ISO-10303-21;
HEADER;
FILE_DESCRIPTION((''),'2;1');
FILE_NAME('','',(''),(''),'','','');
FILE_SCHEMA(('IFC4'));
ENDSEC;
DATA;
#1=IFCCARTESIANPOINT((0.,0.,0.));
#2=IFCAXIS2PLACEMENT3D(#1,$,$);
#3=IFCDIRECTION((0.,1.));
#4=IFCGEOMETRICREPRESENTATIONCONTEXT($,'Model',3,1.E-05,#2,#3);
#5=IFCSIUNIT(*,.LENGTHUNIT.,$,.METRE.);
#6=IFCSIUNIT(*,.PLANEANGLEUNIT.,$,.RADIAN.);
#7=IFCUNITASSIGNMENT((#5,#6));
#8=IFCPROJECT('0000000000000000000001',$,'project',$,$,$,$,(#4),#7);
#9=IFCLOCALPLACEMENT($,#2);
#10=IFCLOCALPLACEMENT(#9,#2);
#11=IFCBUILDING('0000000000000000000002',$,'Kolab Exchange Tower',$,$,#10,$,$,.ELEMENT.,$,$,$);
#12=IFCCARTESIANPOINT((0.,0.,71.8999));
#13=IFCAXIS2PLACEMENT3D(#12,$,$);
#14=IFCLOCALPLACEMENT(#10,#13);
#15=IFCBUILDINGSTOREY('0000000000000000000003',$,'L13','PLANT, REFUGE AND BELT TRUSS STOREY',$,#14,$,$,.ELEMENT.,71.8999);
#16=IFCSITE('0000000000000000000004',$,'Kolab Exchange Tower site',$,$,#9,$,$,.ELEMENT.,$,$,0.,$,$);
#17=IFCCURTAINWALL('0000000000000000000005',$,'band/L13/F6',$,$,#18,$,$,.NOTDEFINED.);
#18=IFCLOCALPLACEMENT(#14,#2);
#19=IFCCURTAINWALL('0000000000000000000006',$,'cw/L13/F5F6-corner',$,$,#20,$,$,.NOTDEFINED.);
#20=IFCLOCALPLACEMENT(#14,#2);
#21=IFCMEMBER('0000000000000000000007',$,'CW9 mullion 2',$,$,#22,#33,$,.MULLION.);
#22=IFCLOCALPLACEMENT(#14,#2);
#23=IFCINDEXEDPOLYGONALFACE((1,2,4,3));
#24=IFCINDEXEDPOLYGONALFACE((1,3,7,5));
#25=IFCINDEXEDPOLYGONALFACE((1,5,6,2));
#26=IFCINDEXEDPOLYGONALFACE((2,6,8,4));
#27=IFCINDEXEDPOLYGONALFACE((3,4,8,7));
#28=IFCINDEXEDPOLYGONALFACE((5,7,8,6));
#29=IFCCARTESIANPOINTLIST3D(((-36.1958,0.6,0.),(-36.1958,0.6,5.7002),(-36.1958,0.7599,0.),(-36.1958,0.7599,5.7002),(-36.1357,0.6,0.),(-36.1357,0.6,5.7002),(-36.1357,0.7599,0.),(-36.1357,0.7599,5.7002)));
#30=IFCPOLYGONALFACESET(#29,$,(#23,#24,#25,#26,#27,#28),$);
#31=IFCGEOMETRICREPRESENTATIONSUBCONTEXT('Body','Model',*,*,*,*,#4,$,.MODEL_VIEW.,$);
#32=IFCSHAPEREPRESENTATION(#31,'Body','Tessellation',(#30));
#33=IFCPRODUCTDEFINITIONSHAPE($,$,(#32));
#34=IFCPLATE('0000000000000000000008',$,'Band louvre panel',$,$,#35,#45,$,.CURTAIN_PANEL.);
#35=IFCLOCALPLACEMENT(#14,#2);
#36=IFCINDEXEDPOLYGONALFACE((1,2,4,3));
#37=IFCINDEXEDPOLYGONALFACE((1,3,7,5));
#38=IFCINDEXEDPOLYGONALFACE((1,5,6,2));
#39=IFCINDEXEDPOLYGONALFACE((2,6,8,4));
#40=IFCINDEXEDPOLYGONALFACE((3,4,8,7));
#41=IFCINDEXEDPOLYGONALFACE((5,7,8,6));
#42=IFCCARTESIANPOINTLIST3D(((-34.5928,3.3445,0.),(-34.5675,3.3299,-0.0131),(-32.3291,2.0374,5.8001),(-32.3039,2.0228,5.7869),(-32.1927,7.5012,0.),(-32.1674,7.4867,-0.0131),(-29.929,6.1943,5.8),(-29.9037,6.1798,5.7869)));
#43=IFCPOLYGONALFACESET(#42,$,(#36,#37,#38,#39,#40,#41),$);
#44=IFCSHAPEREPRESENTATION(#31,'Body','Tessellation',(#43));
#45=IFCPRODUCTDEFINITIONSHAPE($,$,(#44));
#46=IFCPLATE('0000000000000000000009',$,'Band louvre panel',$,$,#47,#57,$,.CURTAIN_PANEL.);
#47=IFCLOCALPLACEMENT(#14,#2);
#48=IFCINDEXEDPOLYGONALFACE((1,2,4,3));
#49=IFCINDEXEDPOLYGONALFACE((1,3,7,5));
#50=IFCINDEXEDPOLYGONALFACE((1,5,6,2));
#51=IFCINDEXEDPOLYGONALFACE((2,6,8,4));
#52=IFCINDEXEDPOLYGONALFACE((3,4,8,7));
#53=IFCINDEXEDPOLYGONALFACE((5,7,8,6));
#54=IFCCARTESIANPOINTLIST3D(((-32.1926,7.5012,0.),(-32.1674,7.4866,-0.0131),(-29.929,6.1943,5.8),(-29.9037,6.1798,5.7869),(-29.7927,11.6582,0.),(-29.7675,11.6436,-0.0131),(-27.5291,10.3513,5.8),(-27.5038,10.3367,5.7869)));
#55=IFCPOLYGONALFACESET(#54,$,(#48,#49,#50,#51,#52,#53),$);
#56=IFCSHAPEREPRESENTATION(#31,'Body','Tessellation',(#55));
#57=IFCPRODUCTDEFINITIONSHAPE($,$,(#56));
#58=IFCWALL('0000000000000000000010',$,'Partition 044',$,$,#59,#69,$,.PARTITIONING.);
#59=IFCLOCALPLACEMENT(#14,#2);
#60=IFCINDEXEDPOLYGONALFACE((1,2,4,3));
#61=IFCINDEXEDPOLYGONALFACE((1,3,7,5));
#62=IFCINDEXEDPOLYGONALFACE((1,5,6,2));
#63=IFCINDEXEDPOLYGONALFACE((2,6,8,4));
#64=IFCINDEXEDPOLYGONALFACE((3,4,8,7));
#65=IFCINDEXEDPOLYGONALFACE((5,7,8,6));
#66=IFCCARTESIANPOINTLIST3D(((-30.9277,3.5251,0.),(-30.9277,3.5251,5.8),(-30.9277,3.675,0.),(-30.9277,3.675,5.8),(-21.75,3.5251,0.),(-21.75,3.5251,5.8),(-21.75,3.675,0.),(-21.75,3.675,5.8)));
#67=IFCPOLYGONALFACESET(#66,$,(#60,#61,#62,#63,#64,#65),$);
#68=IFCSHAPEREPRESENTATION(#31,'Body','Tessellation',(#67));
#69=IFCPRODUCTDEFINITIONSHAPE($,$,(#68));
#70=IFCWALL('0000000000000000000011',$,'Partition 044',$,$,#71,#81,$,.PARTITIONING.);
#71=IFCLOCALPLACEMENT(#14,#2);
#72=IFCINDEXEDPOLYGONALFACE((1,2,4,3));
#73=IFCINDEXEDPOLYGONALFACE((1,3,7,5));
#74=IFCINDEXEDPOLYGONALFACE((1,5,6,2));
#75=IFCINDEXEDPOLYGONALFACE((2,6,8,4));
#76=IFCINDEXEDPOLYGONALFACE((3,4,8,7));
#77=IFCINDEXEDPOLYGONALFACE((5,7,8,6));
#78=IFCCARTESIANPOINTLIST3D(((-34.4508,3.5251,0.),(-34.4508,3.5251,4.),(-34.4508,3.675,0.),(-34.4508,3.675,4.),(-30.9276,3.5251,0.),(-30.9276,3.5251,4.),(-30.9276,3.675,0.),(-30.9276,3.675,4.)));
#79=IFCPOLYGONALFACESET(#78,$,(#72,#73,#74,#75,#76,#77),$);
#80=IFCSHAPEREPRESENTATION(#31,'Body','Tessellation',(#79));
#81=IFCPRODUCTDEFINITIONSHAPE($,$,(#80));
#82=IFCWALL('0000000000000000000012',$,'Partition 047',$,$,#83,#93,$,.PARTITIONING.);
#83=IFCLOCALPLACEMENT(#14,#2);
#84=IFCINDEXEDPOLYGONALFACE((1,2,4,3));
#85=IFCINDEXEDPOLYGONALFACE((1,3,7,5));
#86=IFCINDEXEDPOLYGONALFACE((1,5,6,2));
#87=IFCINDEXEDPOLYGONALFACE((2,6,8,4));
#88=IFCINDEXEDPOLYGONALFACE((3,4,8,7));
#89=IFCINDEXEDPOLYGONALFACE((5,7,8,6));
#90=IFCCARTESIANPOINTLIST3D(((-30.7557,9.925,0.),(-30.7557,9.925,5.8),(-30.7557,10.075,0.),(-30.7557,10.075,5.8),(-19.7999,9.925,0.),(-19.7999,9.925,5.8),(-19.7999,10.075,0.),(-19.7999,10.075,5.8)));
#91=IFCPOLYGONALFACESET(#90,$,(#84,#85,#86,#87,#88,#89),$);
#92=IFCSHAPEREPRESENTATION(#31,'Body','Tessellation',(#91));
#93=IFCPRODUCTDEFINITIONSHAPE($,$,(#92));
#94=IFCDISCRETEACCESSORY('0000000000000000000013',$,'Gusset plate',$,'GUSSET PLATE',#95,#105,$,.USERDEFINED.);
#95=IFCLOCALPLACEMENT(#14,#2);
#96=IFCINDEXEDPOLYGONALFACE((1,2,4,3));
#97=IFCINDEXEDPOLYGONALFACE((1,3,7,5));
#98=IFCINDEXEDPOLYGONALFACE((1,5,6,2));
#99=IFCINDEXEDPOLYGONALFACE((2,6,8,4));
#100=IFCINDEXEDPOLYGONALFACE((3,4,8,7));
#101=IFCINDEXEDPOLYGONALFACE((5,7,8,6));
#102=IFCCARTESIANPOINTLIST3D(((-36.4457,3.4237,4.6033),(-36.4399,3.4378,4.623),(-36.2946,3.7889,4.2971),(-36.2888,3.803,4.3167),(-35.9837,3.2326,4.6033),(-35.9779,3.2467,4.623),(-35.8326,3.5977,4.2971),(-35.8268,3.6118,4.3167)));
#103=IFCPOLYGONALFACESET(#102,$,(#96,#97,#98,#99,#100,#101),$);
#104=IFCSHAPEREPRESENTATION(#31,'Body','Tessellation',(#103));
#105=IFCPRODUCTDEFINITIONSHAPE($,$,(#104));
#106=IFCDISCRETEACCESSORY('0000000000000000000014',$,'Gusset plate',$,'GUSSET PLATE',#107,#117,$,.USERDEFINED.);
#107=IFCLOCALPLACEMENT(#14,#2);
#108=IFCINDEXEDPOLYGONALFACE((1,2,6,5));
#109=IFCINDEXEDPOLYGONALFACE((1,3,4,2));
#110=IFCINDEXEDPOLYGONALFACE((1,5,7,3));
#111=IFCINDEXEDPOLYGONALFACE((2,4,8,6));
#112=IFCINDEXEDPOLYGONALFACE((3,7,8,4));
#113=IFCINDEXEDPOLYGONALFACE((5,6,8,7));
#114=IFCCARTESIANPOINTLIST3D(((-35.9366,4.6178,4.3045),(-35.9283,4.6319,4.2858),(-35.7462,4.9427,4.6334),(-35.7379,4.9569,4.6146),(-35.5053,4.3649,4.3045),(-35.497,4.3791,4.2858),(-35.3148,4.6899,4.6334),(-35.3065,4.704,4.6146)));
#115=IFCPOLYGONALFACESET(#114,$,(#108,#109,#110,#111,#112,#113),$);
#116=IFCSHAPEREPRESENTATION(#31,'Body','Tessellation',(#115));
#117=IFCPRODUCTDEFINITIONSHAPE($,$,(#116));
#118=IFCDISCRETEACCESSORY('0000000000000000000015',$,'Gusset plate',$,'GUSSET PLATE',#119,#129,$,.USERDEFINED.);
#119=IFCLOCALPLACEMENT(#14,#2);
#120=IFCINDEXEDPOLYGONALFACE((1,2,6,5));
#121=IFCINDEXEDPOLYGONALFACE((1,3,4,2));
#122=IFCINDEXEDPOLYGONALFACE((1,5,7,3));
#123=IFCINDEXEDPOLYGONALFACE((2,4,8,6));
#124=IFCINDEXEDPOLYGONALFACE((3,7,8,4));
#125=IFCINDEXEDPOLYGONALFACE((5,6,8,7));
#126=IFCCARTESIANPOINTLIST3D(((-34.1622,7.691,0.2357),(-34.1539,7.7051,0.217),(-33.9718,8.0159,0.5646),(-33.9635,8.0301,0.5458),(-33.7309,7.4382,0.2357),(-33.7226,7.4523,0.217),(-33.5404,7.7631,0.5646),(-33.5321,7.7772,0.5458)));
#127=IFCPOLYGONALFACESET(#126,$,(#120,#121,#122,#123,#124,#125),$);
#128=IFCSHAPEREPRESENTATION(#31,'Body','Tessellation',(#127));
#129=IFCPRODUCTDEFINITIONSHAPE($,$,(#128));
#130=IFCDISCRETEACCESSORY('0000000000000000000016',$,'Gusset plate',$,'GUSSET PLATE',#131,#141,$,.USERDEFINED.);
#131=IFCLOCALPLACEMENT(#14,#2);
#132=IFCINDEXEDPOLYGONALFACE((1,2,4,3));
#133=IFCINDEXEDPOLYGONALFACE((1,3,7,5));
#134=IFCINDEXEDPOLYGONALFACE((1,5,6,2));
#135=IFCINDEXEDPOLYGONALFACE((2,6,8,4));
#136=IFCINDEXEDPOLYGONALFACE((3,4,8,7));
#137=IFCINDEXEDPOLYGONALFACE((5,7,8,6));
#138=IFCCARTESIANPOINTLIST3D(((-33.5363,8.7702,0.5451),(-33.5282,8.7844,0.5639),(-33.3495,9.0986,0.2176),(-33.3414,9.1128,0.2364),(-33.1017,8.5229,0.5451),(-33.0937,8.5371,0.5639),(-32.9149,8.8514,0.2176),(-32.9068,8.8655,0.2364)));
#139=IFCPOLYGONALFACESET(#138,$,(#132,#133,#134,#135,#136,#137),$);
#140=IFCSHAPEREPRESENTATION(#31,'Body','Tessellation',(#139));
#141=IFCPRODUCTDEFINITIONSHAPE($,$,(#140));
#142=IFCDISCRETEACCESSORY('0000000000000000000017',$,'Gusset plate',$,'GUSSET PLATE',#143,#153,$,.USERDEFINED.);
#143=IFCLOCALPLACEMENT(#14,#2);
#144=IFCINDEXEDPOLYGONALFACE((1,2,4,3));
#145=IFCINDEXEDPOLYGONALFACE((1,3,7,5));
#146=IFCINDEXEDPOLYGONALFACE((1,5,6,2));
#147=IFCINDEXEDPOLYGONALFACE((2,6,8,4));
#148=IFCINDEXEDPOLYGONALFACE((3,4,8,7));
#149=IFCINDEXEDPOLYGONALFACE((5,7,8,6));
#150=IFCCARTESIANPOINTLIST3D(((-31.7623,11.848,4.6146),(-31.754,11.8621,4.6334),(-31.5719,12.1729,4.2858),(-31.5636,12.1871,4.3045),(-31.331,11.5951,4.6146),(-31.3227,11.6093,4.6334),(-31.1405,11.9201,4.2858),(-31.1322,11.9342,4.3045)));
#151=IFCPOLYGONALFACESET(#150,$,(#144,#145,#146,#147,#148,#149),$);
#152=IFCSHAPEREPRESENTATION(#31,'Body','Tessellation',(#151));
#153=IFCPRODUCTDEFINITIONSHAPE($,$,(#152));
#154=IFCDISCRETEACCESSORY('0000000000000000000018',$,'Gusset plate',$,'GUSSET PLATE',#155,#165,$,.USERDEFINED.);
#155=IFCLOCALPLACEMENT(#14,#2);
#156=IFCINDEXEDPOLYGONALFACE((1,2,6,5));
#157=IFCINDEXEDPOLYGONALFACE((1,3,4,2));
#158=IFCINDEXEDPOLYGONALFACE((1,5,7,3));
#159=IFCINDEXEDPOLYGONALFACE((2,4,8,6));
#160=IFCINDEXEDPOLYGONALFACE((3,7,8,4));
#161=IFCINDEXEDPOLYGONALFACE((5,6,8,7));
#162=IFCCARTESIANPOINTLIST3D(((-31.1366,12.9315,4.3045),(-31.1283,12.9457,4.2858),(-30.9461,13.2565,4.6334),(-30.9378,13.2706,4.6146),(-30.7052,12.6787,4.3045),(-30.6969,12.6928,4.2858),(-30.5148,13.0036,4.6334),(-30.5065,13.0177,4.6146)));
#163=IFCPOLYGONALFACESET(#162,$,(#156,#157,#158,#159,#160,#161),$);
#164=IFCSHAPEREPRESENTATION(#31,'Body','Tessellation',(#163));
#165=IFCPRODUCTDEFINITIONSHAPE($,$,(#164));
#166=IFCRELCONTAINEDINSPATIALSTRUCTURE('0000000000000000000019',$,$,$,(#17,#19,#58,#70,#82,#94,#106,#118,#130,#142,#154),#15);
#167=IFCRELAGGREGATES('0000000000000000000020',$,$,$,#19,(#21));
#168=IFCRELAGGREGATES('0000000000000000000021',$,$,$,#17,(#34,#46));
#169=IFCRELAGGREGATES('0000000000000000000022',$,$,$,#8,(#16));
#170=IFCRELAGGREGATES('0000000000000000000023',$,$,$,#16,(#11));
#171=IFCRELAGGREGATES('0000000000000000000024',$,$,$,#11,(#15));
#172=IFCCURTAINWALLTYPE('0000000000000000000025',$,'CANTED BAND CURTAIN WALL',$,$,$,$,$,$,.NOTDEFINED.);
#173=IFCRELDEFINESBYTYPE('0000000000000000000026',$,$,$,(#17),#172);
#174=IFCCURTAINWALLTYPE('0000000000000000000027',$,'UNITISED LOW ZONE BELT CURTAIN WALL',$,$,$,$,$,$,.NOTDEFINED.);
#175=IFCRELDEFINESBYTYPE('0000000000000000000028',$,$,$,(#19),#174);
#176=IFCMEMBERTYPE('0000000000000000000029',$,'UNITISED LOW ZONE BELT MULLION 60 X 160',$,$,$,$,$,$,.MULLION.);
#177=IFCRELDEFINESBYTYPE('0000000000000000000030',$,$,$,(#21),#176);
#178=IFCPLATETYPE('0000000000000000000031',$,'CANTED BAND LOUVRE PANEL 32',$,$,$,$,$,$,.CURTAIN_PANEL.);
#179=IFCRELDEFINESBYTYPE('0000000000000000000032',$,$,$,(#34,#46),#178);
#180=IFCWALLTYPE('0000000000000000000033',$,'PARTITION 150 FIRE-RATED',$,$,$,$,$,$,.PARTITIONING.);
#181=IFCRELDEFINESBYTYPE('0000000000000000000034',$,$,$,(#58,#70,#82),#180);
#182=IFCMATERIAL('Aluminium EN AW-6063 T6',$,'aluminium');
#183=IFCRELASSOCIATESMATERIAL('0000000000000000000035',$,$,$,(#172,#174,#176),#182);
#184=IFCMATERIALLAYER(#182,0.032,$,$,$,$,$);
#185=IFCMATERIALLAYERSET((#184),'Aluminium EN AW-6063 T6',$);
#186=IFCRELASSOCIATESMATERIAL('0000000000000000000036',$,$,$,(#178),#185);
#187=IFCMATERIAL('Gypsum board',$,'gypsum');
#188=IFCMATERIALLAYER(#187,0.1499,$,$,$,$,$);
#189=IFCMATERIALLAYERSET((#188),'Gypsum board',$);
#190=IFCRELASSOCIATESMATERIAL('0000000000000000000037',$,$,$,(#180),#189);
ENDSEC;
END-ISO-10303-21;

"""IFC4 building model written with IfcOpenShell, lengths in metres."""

from ifc_helpers import new_model, si_unit, direction, frame, frame_2d, origin, origin_2d, place, context, subcontext, project, spatial, polyline, rectangle, outline, extrude, material, layer, layer_set, material_profile, profile_set, type_object, element, aggregate, save


model = new_model("IFC4")

# Units and contexts
model_context = context("Model", 3, precision=1e-05, world=origin(), true_north=direction((0.0, 1.0)))
body_context = subcontext(model_context, "Body", "Model", "MODEL_VIEW")
ifc_project = project(units=[si_unit("LENGTHUNIT", "METRE"), si_unit("PLANEANGLEUNIT", "RADIAN")], contexts=[model_context])

# Site, building, storey
site_placement = place(None, origin())
site = spatial("IfcSite", under=ifc_project, at=site_placement, Name="Kolab Exchange Tower site", CompositionType="ELEMENT", RefElevation=0.0)
building_placement = place(site_placement, origin())
building = spatial("IfcBuilding", under=site, at=building_placement, Name="Kolab Exchange Tower", CompositionType="ELEMENT")
storey_placement = place(building_placement, frame((0.0, 0.0, 71.8999)))
storey = spatial("IfcBuildingStorey", under=building, at=storey_placement, Name="L13", Description="PLANT, REFUGE AND BELT TRUSS STOREY", CompositionType="ELEMENT", Elevation=71.8999)

# Curtain wall
ifc_material_1 = material(Name="Aluminium EN AW-6063 T6", Category="aluminium")
curtain_wall_type_1 = type_object("IfcCurtainWallType", Name="CANTED BAND CURTAIN WALL", PredefinedType="NOTDEFINED", material=ifc_material_1)
curtain_wall_1_placement = place(storey_placement, origin())
curtain_wall_1 = element("IfcCurtainWall", 1, at=curtain_wall_1_placement, inside=storey, type_object=curtain_wall_type_1, Name="band/L13/F6", PredefinedType="NOTDEFINED")

# Curtain wall, member
curtain_wall_type_2 = type_object("IfcCurtainWallType", Name="UNITISED LOW ZONE BELT CURTAIN WALL", PredefinedType="NOTDEFINED", material=ifc_material_1)
curtain_wall_2_placement = place(storey_placement, origin())
curtain_wall_2 = element("IfcCurtainWall", 2, at=curtain_wall_2_placement, inside=storey, type_object=curtain_wall_type_2, Name="cw/L13/F5F6-corner", PredefinedType="NOTDEFINED")
ifc_material_profile_1 = material_profile(ifc_material_1, rectangle(XDim=0.0601, YDim=0.1599, at=origin_2d()), Name="RECT 60X160")
ifc_profile_set_1 = profile_set([ifc_material_profile_1], Name="Aluminium EN AW-6063 T6")
member_type_1 = type_object("IfcMemberType", Name="UNITISED LOW ZONE BELT MULLION 60 X 160", PredefinedType="MULLION", material=ifc_profile_set_1)
member_1_placement = place(storey_placement, frame((-36.1658, 0.6799, 0.0), z_axis=(0.0, 0.0, 1.0), x_axis=(-1.0, 0.0, 0.0)))
member_1 = element("IfcMember", 3, at=member_1_placement, type_object=member_type_1, Name="CW9 mullion 2", PredefinedType="MULLION", context=body_context, shape_type="SweptSolid", body=[
    extrude(rectangle(XDim=0.0601, YDim=0.1599, at=origin_2d()), origin(), (0.0, 0.0, 1.0), 5.7002),
])
aggregate(curtain_wall_2, [member_1])

# Plates
ifc_layer_1 = layer(ifc_material_1, 0.032)
ifc_layer_set_1 = layer_set([ifc_layer_1], Name="Aluminium EN AW-6063 T6")
plate_type = type_object("IfcPlateType", Name="CANTED BAND LOUVRE PANEL 32", PredefinedType="CURTAIN_PANEL", material=ifc_layer_set_1)
plate_1_placement = place(storey_placement, frame((-34.5928, 3.3445, 0.0), z_axis=(-0.789535, 0.455873, 0.410872), x_axis=(0.50003, 0.866008, 0.000005)))
plate_1 = element("IfcPlate", 4, at=plate_1_placement, type_object=plate_type, Name="Band louvre panel", PredefinedType="CURTAIN_PANEL", context=body_context, shape_type="SweptSolid", body=[
    extrude(outline(polyline([(0.0, 0.0), (4.7999, 0.0), (4.8001, -6.3618), (-0.0001, -6.3619), (0.0, 0.0)])), origin(), (0.0, 0.0, -1.0), 0.032),
])
plate_2_placement = place(storey_placement, frame((-32.1926, 7.5012, 0.0), z_axis=(-0.789563, 0.45583, 0.410864), x_axis=(0.499979, 0.866037, 0.0)))
plate_2 = element("IfcPlate", 5, at=plate_2_placement, type_object=plate_type, Name="Band louvre panel", PredefinedType="CURTAIN_PANEL", context=body_context, shape_type="SweptSolid", body=[
    extrude(outline(polyline([(0.0, 0.0), (4.8, 0.0), (4.8, -6.3618), (0.0, -6.3618), (0.0, 0.0)])), origin(), (0.0, 0.0, -1.0), 0.032),
])
aggregate(curtain_wall_1, [plate_1, plate_2])

# Walls
ifc_material_2 = material(Name="Gypsum board", Category="gypsum")
ifc_layer_2 = layer(ifc_material_2, 0.1499)
ifc_layer_set_2 = layer_set([ifc_layer_2], Name="Gypsum board")
wall_type = type_object("IfcWallType", Name="PARTITION 150 FIRE-RATED", PredefinedType="PARTITIONING", material=ifc_layer_set_2)
wall_1_placement = place(storey_placement, frame((-30.9277, 3.6001, 0.0), z_axis=(0.0, 0.0, 1.0), x_axis=(1.0, 0.0, 0.0)))
element("IfcWall", 6, at=wall_1_placement, inside=storey, type_object=wall_type, Name="Partition 044", PredefinedType="PARTITIONING", context=body_context, shape_type="SweptSolid", body=[
    extrude(rectangle(XDim=9.1777, YDim=0.1499, at=frame_2d((4.5889, 0.0))), origin(), (0.0, 0.0, 1.0), 5.8),
])
wall_2_placement = place(storey_placement, frame((-34.4509, 3.6001, 0.0), z_axis=(0.0, 0.0, 1.0), x_axis=(1.0, 0.0, 0.0)))
element("IfcWall", 7, at=wall_2_placement, inside=storey, type_object=wall_type, Name="Partition 044", PredefinedType="PARTITIONING", context=body_context, shape_type="SweptSolid", body=[
    extrude(rectangle(XDim=3.5232, YDim=0.1499, at=frame_2d((1.7617, 0.0))), origin(), (0.0, 0.0, 1.0), 4.0),
])
wall_3_placement = place(storey_placement, frame((-30.7559, 10.0, 0.0), z_axis=(0.0, 0.0, 1.0), x_axis=(1.0, 0.0, 0.0)))
element("IfcWall", 8, at=wall_3_placement, inside=storey, type_object=wall_type, Name="Partition 047", PredefinedType="PARTITIONING", context=body_context, shape_type="SweptSolid", body=[
    extrude(rectangle(XDim=10.9558, YDim=0.1499, at=frame_2d((5.478, 0.0))), origin(), (0.0, 0.0, 1.0), 5.8),
])

# Discrete accessories
for number, where, z_axis, x_axis, name in (
    (9, (-36.1392, 3.5107, 4.4502), (0.234205, 0.565995, 0.790441), (-0.924017, 0.382352, 0.0), "Gusset plate"),
    (10, (-35.6174, 4.668, 4.4502), (-0.332615, -0.567402, 0.753275), (0.862698, -0.505719, 0.0), "Gusset plate"),
    (11, (-33.8513, 7.7271, 0.4001), (0.332615, 0.567402, -0.753275), (-0.862698, 0.505719, 0.0), "Gusset plate"),
    (12, (-33.2175, 8.825, 0.4001), (-0.323872, -0.56923, -0.755701), (0.869164, -0.494524, 0.0), "Gusset plate"),
    (13, (-31.4514, 11.884, 4.4502), (0.332615, 0.567402, 0.753275), (-0.862698, 0.505719, 0.0), "Gusset plate"),
    (14, (-30.8174, 12.9817, 4.4502), (-0.332615, -0.567402, 0.753275), (0.862698, -0.505719, 0.0), "Gusset plate"),
):
    element("IfcDiscreteAccessory", number, at=place(storey_placement, frame(where, z_axis=z_axis, x_axis=x_axis)), inside=storey, Name=name, ObjectType="GUSSET PLATE", PredefinedType="USERDEFINED", context=body_context, shape_type="SweptSolid", body=[
        extrude(rectangle(XDim=0.5, YDim=0.5, at=origin_2d()), origin(), (0.0, 0.0, 1.0), 0.0249),
    ])

save(model, "model.ifc")
